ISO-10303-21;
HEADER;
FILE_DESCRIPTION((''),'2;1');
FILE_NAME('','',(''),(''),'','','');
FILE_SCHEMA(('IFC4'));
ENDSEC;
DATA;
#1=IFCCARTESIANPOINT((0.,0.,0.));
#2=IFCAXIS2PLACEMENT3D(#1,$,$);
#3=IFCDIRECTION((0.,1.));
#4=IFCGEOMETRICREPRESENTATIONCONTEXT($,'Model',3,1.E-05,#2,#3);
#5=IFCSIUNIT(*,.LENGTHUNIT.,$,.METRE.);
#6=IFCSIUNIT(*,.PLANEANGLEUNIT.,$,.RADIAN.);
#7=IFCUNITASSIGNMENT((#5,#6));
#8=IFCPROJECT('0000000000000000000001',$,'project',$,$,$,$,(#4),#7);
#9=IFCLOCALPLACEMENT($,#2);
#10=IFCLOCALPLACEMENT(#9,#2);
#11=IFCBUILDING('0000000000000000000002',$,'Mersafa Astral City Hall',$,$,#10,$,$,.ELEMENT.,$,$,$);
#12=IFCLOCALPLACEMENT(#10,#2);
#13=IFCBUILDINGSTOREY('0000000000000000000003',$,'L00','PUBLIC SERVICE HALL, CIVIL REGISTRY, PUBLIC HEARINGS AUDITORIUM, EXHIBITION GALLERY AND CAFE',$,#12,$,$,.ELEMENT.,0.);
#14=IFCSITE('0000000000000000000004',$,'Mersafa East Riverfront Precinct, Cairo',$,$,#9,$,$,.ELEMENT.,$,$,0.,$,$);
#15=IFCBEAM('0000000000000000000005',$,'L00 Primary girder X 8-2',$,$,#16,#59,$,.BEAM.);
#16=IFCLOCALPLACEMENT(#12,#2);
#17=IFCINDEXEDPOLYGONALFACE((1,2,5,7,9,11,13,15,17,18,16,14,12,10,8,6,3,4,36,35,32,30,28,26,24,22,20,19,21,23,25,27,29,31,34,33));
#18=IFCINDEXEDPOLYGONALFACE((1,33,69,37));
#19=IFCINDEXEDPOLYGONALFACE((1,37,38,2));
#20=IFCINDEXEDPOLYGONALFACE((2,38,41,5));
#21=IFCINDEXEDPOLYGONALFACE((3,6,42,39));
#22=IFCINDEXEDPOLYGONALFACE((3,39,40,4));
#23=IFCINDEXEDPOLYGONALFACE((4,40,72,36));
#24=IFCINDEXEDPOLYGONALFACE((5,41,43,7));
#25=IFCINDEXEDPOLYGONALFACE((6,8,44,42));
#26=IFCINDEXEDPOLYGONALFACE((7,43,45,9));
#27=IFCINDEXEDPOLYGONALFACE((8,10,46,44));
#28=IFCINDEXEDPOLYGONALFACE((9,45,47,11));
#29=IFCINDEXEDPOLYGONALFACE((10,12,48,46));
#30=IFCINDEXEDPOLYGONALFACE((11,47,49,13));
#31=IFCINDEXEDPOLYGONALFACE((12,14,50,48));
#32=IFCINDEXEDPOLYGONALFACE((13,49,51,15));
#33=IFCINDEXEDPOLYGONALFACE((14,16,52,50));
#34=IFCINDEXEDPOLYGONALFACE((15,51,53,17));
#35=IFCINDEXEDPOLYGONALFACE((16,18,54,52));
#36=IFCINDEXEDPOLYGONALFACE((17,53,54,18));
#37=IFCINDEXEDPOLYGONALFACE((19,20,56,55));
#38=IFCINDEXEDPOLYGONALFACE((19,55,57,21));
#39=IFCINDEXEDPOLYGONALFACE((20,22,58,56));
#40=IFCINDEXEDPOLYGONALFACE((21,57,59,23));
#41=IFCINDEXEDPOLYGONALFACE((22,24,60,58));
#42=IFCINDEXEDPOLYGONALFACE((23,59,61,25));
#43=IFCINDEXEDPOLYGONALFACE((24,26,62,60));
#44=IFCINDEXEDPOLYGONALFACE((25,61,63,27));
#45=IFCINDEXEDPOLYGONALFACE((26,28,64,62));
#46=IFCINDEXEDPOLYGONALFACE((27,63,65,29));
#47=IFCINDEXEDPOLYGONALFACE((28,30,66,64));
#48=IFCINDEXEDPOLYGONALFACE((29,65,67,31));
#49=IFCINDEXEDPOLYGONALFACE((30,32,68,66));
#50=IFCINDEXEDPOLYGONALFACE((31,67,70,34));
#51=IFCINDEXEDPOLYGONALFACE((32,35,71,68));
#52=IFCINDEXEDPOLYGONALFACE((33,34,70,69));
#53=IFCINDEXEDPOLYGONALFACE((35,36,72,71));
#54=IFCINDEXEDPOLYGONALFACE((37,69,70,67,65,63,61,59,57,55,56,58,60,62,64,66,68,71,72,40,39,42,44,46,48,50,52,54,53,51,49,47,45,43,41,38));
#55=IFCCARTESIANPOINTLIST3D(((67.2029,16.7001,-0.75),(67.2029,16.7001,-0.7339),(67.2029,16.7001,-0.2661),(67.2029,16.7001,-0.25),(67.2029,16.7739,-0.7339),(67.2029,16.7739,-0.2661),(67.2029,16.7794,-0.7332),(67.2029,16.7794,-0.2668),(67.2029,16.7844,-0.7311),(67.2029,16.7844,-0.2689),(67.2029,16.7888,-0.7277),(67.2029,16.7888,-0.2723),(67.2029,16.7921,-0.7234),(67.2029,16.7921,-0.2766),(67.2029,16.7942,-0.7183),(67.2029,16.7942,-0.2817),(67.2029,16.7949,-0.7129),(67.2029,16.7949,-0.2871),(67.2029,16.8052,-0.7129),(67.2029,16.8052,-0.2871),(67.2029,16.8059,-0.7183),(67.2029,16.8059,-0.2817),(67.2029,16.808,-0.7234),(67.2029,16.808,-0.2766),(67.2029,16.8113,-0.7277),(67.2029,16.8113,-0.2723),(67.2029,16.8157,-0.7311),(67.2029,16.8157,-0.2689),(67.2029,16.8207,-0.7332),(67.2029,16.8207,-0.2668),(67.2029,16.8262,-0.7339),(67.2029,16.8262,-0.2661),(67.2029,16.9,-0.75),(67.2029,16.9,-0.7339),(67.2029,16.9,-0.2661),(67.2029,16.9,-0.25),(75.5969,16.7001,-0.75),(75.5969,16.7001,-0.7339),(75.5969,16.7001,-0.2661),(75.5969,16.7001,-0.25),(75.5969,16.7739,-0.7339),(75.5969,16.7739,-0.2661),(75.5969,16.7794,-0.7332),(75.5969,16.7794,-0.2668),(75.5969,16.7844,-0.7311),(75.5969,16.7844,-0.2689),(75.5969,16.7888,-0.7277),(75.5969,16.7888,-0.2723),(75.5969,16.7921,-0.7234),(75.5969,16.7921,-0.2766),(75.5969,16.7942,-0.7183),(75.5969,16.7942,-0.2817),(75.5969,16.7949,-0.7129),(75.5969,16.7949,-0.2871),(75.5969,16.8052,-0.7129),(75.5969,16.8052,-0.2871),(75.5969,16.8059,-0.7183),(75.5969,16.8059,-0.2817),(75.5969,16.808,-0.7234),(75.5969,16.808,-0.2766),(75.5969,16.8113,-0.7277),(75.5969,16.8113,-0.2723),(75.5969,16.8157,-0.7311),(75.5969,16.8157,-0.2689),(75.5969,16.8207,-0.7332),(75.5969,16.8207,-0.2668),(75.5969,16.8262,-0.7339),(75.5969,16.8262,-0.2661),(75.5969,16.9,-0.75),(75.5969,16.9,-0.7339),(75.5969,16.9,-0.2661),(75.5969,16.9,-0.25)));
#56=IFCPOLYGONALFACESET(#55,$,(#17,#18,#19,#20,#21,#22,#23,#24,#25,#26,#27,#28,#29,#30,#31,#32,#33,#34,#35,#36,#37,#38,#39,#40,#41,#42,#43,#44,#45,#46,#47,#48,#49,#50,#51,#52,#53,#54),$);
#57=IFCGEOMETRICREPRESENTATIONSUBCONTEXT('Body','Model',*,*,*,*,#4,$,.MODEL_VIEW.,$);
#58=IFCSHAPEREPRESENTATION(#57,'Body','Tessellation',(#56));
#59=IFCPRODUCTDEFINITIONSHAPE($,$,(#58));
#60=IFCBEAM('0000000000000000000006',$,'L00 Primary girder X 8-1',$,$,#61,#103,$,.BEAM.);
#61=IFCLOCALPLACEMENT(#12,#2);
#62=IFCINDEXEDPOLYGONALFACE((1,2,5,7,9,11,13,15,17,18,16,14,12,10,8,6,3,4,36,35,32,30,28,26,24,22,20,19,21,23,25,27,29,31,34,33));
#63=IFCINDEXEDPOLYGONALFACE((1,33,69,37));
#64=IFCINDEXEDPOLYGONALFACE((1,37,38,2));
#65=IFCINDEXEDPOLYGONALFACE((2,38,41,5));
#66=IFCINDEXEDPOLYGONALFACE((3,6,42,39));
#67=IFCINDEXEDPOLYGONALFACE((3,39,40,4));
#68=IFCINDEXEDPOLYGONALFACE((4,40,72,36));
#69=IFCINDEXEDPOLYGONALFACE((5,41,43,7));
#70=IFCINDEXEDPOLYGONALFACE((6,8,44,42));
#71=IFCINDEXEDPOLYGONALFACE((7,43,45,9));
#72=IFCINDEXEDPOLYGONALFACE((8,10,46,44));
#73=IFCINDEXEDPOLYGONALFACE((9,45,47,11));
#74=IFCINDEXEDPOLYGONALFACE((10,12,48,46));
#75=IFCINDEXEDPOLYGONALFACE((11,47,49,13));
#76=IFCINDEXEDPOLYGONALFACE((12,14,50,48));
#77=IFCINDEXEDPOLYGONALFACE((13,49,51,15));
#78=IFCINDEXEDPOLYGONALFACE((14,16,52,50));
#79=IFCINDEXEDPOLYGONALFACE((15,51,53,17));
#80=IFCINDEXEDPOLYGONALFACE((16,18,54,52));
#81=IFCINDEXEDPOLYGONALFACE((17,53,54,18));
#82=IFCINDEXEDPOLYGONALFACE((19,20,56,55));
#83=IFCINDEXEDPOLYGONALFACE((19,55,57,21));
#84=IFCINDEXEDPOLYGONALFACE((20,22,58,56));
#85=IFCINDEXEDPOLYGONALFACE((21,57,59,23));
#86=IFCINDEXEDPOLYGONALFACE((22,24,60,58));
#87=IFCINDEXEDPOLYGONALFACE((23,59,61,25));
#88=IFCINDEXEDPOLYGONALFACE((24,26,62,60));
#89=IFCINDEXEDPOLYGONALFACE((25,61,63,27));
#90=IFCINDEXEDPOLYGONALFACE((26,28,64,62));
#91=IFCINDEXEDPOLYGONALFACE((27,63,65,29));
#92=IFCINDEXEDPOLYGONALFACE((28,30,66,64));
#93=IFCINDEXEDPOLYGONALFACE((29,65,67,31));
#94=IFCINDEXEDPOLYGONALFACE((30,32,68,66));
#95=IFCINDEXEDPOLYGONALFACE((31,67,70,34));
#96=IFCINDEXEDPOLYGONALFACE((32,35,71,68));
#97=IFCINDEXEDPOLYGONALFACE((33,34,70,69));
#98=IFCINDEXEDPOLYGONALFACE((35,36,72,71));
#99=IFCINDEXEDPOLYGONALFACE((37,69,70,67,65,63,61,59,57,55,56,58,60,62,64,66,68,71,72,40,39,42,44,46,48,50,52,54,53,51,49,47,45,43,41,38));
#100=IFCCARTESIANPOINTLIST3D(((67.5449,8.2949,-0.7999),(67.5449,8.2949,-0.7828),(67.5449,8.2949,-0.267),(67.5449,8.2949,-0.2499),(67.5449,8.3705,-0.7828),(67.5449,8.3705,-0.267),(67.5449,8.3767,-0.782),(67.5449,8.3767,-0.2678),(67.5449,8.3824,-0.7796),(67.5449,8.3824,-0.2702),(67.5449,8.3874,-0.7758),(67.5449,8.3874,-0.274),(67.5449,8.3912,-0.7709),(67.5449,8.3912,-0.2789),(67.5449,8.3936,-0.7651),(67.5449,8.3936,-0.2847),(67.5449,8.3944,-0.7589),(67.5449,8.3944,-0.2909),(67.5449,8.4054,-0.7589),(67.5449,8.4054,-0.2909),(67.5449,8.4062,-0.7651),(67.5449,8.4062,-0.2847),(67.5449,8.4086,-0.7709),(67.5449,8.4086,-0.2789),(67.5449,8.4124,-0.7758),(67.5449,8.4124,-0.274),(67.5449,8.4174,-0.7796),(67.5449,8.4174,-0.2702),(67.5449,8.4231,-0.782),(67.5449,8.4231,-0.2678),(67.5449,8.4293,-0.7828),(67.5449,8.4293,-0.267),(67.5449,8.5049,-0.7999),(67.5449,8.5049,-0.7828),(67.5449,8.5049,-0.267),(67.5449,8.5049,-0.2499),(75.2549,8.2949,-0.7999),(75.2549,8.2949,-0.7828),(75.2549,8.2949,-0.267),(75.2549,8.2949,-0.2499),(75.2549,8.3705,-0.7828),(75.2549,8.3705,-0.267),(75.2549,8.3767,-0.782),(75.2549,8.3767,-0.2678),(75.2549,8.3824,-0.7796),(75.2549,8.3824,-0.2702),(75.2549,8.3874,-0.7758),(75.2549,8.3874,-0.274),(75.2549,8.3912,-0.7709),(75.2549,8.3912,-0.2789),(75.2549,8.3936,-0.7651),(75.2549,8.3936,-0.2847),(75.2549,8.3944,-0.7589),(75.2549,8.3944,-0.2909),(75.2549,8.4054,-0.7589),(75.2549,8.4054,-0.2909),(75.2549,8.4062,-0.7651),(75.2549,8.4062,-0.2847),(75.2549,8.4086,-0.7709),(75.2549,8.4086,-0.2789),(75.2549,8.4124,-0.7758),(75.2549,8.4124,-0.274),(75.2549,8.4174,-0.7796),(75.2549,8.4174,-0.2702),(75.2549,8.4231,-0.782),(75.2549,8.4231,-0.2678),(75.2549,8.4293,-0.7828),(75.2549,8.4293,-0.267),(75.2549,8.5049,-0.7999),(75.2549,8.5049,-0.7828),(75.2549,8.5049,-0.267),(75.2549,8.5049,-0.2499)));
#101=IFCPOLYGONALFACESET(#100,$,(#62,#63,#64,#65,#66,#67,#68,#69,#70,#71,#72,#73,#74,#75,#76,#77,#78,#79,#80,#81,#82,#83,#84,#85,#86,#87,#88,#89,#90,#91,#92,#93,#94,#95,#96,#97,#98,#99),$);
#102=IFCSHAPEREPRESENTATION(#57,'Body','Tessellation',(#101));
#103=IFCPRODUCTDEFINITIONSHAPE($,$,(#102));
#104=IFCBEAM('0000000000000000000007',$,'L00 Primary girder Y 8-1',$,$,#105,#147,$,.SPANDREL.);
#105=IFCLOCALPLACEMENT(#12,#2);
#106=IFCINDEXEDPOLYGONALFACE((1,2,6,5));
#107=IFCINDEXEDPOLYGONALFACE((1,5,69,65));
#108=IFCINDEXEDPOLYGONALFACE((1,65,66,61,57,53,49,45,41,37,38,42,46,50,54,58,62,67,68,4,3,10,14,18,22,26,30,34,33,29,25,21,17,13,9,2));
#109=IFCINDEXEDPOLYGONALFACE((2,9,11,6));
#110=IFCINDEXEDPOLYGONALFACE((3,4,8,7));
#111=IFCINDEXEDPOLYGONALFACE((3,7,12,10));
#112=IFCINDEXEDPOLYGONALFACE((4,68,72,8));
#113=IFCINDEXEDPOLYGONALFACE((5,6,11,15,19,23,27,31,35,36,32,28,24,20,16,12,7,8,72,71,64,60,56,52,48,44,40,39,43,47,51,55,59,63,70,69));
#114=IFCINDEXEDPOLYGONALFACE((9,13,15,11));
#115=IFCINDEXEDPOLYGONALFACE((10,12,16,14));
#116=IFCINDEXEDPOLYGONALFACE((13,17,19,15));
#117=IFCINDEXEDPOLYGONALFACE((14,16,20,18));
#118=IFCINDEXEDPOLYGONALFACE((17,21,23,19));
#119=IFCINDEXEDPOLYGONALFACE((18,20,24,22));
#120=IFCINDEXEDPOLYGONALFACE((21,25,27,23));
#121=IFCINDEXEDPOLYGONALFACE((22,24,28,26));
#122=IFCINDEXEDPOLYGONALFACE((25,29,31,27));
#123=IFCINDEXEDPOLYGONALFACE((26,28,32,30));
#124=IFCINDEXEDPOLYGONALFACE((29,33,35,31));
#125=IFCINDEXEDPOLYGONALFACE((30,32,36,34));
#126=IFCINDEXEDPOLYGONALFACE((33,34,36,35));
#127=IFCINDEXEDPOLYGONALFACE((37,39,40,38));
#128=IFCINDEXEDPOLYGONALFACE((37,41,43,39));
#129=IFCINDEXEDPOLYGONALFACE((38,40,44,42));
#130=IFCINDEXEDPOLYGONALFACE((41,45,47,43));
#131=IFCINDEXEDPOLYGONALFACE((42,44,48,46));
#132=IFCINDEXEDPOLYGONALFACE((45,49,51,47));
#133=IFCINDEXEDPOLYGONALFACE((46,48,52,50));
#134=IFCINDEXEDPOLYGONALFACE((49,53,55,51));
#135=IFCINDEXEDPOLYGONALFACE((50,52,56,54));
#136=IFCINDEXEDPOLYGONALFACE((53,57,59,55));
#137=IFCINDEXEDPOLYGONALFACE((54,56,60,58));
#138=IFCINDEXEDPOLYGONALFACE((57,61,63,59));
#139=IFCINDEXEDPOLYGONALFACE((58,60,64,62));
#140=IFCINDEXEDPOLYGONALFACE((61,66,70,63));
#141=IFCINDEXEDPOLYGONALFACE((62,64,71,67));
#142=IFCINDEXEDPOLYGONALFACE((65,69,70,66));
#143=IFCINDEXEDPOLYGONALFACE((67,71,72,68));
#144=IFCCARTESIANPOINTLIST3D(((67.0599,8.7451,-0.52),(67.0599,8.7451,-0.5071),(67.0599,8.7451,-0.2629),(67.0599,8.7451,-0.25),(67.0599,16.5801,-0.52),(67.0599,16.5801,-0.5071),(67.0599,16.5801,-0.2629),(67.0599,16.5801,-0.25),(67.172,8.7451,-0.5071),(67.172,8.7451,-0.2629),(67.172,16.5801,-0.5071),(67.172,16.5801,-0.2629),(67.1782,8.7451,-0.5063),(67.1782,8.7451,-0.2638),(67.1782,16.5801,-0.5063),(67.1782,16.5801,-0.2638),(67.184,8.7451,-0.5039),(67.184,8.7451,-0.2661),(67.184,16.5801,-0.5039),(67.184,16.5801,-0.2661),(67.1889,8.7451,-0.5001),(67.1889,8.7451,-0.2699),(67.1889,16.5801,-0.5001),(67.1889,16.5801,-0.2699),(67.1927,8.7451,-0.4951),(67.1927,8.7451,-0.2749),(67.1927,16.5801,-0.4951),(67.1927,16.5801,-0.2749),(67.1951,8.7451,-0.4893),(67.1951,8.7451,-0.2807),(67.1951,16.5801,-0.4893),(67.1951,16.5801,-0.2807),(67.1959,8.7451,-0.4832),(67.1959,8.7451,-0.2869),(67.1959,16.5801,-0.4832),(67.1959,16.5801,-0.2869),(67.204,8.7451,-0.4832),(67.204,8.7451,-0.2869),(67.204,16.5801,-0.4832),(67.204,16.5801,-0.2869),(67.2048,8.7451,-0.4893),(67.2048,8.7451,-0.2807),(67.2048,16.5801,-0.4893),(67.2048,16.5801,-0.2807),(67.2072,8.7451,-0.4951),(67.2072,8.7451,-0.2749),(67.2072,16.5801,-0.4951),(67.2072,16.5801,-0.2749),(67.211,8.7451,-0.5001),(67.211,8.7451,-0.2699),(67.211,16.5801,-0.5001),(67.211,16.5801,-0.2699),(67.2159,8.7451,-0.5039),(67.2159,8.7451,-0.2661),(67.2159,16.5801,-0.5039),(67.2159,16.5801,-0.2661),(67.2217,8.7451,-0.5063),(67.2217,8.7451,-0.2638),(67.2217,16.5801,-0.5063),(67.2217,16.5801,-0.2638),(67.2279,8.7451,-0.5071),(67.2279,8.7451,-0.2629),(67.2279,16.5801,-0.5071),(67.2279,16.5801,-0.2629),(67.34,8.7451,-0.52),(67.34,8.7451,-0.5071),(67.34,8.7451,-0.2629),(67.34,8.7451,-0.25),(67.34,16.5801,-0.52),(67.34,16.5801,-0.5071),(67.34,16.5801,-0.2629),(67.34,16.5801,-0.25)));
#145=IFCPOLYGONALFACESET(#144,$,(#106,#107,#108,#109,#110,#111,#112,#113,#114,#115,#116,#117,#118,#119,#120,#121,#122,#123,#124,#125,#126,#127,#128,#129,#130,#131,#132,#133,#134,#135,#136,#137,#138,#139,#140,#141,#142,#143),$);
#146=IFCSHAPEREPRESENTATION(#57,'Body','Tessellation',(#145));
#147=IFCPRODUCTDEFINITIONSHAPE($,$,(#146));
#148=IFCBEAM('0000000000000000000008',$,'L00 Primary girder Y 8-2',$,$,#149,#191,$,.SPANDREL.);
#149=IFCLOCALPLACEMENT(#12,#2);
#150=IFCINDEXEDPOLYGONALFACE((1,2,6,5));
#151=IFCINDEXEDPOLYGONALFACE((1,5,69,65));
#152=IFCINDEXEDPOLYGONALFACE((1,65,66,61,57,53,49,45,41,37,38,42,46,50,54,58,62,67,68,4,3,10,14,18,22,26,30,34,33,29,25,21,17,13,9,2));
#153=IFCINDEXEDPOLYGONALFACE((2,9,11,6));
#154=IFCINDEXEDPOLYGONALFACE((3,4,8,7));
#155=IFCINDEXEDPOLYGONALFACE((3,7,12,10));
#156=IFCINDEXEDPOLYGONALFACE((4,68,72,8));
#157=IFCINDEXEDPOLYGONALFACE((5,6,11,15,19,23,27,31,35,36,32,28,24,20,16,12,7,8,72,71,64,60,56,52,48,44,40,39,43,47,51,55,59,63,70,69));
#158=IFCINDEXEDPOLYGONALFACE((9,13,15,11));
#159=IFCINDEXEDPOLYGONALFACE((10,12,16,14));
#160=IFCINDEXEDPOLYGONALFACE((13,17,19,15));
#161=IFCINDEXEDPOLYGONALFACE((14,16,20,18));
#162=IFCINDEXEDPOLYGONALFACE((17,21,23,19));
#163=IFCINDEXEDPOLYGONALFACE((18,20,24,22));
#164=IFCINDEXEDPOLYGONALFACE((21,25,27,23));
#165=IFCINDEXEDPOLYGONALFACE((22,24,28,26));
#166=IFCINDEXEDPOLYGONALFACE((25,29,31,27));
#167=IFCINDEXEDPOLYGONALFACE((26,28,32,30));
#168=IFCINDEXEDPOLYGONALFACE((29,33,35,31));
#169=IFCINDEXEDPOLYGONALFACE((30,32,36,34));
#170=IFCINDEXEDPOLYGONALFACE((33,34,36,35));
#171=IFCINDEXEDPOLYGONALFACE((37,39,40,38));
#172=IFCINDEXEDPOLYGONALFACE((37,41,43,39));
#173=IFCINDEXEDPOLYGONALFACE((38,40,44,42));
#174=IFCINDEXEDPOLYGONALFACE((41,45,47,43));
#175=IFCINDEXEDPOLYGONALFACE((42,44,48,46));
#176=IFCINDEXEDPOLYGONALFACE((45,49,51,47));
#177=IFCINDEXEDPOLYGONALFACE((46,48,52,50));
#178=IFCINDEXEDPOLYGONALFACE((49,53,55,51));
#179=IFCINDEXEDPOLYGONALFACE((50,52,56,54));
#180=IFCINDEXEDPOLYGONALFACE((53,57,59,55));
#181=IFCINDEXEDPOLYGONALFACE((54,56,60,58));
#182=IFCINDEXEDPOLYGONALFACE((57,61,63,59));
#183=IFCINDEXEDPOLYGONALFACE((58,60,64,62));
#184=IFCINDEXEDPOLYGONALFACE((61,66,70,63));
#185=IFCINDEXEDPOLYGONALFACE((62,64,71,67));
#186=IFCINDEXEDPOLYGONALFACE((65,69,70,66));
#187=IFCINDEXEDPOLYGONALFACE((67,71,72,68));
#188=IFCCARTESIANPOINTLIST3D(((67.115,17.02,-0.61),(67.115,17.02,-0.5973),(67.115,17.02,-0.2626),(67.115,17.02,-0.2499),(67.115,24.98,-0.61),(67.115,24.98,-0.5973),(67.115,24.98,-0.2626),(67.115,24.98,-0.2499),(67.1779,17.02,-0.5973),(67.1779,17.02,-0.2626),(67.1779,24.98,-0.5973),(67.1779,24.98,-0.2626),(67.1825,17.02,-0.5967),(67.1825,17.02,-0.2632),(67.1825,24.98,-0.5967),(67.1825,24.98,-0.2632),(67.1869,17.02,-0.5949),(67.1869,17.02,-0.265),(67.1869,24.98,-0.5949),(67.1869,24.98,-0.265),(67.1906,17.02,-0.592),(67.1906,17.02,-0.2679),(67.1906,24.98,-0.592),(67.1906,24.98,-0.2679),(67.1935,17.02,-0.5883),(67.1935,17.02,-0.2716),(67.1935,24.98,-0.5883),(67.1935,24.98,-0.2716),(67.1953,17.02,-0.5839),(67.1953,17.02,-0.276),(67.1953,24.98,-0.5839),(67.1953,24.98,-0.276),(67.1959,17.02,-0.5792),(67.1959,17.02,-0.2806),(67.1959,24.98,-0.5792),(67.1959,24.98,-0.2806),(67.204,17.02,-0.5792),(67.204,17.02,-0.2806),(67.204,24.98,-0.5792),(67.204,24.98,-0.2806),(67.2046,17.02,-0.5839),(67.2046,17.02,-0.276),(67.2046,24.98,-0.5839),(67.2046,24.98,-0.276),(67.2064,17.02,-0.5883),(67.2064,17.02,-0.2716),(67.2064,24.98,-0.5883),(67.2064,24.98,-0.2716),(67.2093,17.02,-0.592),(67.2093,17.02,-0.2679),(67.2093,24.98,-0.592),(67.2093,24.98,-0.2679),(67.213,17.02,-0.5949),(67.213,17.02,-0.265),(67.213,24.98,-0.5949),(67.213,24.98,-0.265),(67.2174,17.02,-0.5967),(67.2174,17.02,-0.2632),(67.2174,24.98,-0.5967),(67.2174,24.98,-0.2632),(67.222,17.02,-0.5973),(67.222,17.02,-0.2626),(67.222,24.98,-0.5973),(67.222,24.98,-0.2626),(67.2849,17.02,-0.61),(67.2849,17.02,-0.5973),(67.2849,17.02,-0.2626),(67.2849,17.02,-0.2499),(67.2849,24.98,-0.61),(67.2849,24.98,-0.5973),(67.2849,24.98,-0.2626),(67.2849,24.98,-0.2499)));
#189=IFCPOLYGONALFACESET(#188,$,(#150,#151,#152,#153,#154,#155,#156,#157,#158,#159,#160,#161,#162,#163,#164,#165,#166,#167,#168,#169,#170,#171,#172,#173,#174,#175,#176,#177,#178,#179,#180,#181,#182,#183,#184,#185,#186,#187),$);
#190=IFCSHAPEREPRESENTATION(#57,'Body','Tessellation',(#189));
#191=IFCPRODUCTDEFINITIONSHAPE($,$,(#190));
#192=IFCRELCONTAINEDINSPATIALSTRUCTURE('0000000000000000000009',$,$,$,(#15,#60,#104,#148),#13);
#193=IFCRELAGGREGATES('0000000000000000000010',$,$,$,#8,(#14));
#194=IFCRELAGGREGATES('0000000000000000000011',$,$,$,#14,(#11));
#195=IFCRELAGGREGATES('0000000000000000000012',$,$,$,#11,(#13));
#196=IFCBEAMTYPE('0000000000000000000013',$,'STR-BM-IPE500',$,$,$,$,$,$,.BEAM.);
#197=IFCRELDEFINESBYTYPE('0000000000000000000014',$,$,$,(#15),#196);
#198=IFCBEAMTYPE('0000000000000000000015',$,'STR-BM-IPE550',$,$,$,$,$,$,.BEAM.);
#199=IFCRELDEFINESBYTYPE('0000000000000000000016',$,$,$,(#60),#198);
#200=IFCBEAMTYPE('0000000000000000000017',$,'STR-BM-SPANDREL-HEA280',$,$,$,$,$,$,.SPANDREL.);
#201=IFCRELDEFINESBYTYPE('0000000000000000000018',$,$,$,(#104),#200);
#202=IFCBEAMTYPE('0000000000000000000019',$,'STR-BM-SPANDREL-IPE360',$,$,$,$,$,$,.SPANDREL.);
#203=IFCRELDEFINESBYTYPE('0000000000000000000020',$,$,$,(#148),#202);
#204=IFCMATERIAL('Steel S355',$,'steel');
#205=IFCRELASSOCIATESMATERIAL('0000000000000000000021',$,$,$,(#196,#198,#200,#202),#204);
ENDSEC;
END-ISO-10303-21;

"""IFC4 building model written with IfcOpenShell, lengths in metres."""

from ifc_helpers import new_model, si_unit, direction, frame, origin, origin_2d, place, context, subcontext, project, spatial, i_section, extrude, material, material_profile, profile_set, type_object, element, save


model = new_model("IFC4")

# Units and contexts
model_context = context("Model", 3, precision=1e-05, world=origin(), true_north=direction((0.0, 1.0)))
body_context = subcontext(model_context, "Body", "Model", "MODEL_VIEW")
ifc_project = project(units=[si_unit("LENGTHUNIT", "METRE"), si_unit("PLANEANGLEUNIT", "RADIAN")], contexts=[model_context])

# Site, building, storey
site_placement = place(None, origin())
site = spatial("IfcSite", under=ifc_project, at=site_placement, Name="Mersafa East Riverfront Precinct, Cairo", CompositionType="ELEMENT", RefElevation=0.0)
building_placement = place(site_placement, origin())
building = spatial("IfcBuilding", under=site, at=building_placement, Name="Mersafa Astral City Hall", CompositionType="ELEMENT")
storey_placement = place(building_placement, origin())
storey = spatial("IfcBuildingStorey", under=building, at=storey_placement, Name="L00", Description="PUBLIC SERVICE HALL, CIVIL REGISTRY, PUBLIC HEARINGS AUDITORIUM, EXHIBITION GALLERY AND CAFE", CompositionType="ELEMENT", Elevation=0.0)

# Shared definitions
ifc_material_1 = material(Name="Steel S355", Category="steel")

# Beams
ifc_material_profile_1 = material_profile(ifc_material_1, i_section(OverallWidth=0.2, OverallDepth=0.5, WebThickness=0.0103, FlangeThickness=0.0161, FilletRadius=0.021, at=origin_2d()), Name="IPE 500")
ifc_profile_set_1 = profile_set([ifc_material_profile_1], Name="Steel S355")
beam_type_1 = type_object("IfcBeamType", Name="STR-BM-IPE500", PredefinedType="BEAM", material=ifc_profile_set_1)
beam_1_placement = place(storey_placement, frame((67.2029, 16.8, -0.5), z_axis=(1.0, 0.0, 0.0), x_axis=(0.0, 1.0, 0.0)))
element("IfcBeam", 1, at=beam_1_placement, inside=storey, type_object=beam_type_1, Name="L00 Primary girder X 8-2", PredefinedType="BEAM", context=body_context, shape_type="SweptSolid", body=[
    extrude(i_section(OverallWidth=0.2, OverallDepth=0.5, WebThickness=0.0103, FlangeThickness=0.0161, FilletRadius=0.021, at=origin_2d()), origin(), (0.0, 0.0, 1.0), 8.394),
])
ifc_material_profile_2 = material_profile(ifc_material_1, i_section(OverallWidth=0.21, OverallDepth=0.55, WebThickness=0.011, FlangeThickness=0.0171, FilletRadius=0.0239, at=origin_2d()), Name="IPE 550")
ifc_profile_set_2 = profile_set([ifc_material_profile_2], Name="Steel S355")
beam_type_2 = type_object("IfcBeamType", Name="STR-BM-IPE550", PredefinedType="BEAM", material=ifc_profile_set_2)
beam_2_placement = place(storey_placement, frame((67.5449, 8.3999, -0.5249), z_axis=(1.0, 0.0, 0.0), x_axis=(0.0, 1.0, 0.0)))
element("IfcBeam", 2, at=beam_2_placement, inside=storey, type_object=beam_type_2, Name="L00 Primary girder X 8-1", PredefinedType="BEAM", context=body_context, shape_type="SweptSolid", body=[
    extrude(i_section(OverallWidth=0.21, OverallDepth=0.55, WebThickness=0.011, FlangeThickness=0.0171, FilletRadius=0.0239, at=origin_2d()), origin(), (0.0, 0.0, 1.0), 7.71),
])
ifc_material_profile_3 = material_profile(ifc_material_1, i_section(OverallWidth=0.28, OverallDepth=0.27, WebThickness=0.0081, FlangeThickness=0.0129, FilletRadius=0.0239, at=origin_2d()), Name="HEA 280")
ifc_profile_set_3 = profile_set([ifc_material_profile_3], Name="Steel S355")
beam_type_3 = type_object("IfcBeamType", Name="STR-BM-SPANDREL-HEA280", PredefinedType="SPANDREL", material=ifc_profile_set_3)
beam_3_placement = place(storey_placement, frame((67.2, 8.7451, -0.385), z_axis=(0.0, 1.0, 0.0), x_axis=(-1.0, 0.0, 0.0)))
element("IfcBeam", 3, at=beam_3_placement, inside=storey, type_object=beam_type_3, Name="L00 Primary girder Y 8-1", PredefinedType="SPANDREL", context=body_context, shape_type="SweptSolid", body=[
    extrude(i_section(OverallWidth=0.28, OverallDepth=0.27, WebThickness=0.0081, FlangeThickness=0.0129, FilletRadius=0.0239, at=origin_2d()), origin(), (0.0, 0.0, 1.0), 7.835),
])
ifc_material_profile_4 = material_profile(ifc_material_1, i_section(OverallWidth=0.1699, OverallDepth=0.3601, WebThickness=0.0081, FlangeThickness=0.0127, FilletRadius=0.0181, at=origin_2d()), Name="IPE 360")
ifc_profile_set_4 = profile_set([ifc_material_profile_4], Name="Steel S355")
beam_type_4 = type_object("IfcBeamType", Name="STR-BM-SPANDREL-IPE360", PredefinedType="SPANDREL", material=ifc_profile_set_4)
beam_4_placement = place(storey_placement, frame((67.2, 17.02, -0.4299), z_axis=(0.0, 1.0, 0.0), x_axis=(-1.0, 0.0, 0.0)))
element("IfcBeam", 4, at=beam_4_placement, inside=storey, type_object=beam_type_4, Name="L00 Primary girder Y 8-2", PredefinedType="SPANDREL", context=body_context, shape_type="SweptSolid", body=[
    extrude(i_section(OverallWidth=0.1699, OverallDepth=0.3601, WebThickness=0.0081, FlangeThickness=0.0127, FilletRadius=0.0181, at=origin_2d()), origin(), (0.0, 0.0, 1.0), 7.96),
])

save(model, "model.ifc")
